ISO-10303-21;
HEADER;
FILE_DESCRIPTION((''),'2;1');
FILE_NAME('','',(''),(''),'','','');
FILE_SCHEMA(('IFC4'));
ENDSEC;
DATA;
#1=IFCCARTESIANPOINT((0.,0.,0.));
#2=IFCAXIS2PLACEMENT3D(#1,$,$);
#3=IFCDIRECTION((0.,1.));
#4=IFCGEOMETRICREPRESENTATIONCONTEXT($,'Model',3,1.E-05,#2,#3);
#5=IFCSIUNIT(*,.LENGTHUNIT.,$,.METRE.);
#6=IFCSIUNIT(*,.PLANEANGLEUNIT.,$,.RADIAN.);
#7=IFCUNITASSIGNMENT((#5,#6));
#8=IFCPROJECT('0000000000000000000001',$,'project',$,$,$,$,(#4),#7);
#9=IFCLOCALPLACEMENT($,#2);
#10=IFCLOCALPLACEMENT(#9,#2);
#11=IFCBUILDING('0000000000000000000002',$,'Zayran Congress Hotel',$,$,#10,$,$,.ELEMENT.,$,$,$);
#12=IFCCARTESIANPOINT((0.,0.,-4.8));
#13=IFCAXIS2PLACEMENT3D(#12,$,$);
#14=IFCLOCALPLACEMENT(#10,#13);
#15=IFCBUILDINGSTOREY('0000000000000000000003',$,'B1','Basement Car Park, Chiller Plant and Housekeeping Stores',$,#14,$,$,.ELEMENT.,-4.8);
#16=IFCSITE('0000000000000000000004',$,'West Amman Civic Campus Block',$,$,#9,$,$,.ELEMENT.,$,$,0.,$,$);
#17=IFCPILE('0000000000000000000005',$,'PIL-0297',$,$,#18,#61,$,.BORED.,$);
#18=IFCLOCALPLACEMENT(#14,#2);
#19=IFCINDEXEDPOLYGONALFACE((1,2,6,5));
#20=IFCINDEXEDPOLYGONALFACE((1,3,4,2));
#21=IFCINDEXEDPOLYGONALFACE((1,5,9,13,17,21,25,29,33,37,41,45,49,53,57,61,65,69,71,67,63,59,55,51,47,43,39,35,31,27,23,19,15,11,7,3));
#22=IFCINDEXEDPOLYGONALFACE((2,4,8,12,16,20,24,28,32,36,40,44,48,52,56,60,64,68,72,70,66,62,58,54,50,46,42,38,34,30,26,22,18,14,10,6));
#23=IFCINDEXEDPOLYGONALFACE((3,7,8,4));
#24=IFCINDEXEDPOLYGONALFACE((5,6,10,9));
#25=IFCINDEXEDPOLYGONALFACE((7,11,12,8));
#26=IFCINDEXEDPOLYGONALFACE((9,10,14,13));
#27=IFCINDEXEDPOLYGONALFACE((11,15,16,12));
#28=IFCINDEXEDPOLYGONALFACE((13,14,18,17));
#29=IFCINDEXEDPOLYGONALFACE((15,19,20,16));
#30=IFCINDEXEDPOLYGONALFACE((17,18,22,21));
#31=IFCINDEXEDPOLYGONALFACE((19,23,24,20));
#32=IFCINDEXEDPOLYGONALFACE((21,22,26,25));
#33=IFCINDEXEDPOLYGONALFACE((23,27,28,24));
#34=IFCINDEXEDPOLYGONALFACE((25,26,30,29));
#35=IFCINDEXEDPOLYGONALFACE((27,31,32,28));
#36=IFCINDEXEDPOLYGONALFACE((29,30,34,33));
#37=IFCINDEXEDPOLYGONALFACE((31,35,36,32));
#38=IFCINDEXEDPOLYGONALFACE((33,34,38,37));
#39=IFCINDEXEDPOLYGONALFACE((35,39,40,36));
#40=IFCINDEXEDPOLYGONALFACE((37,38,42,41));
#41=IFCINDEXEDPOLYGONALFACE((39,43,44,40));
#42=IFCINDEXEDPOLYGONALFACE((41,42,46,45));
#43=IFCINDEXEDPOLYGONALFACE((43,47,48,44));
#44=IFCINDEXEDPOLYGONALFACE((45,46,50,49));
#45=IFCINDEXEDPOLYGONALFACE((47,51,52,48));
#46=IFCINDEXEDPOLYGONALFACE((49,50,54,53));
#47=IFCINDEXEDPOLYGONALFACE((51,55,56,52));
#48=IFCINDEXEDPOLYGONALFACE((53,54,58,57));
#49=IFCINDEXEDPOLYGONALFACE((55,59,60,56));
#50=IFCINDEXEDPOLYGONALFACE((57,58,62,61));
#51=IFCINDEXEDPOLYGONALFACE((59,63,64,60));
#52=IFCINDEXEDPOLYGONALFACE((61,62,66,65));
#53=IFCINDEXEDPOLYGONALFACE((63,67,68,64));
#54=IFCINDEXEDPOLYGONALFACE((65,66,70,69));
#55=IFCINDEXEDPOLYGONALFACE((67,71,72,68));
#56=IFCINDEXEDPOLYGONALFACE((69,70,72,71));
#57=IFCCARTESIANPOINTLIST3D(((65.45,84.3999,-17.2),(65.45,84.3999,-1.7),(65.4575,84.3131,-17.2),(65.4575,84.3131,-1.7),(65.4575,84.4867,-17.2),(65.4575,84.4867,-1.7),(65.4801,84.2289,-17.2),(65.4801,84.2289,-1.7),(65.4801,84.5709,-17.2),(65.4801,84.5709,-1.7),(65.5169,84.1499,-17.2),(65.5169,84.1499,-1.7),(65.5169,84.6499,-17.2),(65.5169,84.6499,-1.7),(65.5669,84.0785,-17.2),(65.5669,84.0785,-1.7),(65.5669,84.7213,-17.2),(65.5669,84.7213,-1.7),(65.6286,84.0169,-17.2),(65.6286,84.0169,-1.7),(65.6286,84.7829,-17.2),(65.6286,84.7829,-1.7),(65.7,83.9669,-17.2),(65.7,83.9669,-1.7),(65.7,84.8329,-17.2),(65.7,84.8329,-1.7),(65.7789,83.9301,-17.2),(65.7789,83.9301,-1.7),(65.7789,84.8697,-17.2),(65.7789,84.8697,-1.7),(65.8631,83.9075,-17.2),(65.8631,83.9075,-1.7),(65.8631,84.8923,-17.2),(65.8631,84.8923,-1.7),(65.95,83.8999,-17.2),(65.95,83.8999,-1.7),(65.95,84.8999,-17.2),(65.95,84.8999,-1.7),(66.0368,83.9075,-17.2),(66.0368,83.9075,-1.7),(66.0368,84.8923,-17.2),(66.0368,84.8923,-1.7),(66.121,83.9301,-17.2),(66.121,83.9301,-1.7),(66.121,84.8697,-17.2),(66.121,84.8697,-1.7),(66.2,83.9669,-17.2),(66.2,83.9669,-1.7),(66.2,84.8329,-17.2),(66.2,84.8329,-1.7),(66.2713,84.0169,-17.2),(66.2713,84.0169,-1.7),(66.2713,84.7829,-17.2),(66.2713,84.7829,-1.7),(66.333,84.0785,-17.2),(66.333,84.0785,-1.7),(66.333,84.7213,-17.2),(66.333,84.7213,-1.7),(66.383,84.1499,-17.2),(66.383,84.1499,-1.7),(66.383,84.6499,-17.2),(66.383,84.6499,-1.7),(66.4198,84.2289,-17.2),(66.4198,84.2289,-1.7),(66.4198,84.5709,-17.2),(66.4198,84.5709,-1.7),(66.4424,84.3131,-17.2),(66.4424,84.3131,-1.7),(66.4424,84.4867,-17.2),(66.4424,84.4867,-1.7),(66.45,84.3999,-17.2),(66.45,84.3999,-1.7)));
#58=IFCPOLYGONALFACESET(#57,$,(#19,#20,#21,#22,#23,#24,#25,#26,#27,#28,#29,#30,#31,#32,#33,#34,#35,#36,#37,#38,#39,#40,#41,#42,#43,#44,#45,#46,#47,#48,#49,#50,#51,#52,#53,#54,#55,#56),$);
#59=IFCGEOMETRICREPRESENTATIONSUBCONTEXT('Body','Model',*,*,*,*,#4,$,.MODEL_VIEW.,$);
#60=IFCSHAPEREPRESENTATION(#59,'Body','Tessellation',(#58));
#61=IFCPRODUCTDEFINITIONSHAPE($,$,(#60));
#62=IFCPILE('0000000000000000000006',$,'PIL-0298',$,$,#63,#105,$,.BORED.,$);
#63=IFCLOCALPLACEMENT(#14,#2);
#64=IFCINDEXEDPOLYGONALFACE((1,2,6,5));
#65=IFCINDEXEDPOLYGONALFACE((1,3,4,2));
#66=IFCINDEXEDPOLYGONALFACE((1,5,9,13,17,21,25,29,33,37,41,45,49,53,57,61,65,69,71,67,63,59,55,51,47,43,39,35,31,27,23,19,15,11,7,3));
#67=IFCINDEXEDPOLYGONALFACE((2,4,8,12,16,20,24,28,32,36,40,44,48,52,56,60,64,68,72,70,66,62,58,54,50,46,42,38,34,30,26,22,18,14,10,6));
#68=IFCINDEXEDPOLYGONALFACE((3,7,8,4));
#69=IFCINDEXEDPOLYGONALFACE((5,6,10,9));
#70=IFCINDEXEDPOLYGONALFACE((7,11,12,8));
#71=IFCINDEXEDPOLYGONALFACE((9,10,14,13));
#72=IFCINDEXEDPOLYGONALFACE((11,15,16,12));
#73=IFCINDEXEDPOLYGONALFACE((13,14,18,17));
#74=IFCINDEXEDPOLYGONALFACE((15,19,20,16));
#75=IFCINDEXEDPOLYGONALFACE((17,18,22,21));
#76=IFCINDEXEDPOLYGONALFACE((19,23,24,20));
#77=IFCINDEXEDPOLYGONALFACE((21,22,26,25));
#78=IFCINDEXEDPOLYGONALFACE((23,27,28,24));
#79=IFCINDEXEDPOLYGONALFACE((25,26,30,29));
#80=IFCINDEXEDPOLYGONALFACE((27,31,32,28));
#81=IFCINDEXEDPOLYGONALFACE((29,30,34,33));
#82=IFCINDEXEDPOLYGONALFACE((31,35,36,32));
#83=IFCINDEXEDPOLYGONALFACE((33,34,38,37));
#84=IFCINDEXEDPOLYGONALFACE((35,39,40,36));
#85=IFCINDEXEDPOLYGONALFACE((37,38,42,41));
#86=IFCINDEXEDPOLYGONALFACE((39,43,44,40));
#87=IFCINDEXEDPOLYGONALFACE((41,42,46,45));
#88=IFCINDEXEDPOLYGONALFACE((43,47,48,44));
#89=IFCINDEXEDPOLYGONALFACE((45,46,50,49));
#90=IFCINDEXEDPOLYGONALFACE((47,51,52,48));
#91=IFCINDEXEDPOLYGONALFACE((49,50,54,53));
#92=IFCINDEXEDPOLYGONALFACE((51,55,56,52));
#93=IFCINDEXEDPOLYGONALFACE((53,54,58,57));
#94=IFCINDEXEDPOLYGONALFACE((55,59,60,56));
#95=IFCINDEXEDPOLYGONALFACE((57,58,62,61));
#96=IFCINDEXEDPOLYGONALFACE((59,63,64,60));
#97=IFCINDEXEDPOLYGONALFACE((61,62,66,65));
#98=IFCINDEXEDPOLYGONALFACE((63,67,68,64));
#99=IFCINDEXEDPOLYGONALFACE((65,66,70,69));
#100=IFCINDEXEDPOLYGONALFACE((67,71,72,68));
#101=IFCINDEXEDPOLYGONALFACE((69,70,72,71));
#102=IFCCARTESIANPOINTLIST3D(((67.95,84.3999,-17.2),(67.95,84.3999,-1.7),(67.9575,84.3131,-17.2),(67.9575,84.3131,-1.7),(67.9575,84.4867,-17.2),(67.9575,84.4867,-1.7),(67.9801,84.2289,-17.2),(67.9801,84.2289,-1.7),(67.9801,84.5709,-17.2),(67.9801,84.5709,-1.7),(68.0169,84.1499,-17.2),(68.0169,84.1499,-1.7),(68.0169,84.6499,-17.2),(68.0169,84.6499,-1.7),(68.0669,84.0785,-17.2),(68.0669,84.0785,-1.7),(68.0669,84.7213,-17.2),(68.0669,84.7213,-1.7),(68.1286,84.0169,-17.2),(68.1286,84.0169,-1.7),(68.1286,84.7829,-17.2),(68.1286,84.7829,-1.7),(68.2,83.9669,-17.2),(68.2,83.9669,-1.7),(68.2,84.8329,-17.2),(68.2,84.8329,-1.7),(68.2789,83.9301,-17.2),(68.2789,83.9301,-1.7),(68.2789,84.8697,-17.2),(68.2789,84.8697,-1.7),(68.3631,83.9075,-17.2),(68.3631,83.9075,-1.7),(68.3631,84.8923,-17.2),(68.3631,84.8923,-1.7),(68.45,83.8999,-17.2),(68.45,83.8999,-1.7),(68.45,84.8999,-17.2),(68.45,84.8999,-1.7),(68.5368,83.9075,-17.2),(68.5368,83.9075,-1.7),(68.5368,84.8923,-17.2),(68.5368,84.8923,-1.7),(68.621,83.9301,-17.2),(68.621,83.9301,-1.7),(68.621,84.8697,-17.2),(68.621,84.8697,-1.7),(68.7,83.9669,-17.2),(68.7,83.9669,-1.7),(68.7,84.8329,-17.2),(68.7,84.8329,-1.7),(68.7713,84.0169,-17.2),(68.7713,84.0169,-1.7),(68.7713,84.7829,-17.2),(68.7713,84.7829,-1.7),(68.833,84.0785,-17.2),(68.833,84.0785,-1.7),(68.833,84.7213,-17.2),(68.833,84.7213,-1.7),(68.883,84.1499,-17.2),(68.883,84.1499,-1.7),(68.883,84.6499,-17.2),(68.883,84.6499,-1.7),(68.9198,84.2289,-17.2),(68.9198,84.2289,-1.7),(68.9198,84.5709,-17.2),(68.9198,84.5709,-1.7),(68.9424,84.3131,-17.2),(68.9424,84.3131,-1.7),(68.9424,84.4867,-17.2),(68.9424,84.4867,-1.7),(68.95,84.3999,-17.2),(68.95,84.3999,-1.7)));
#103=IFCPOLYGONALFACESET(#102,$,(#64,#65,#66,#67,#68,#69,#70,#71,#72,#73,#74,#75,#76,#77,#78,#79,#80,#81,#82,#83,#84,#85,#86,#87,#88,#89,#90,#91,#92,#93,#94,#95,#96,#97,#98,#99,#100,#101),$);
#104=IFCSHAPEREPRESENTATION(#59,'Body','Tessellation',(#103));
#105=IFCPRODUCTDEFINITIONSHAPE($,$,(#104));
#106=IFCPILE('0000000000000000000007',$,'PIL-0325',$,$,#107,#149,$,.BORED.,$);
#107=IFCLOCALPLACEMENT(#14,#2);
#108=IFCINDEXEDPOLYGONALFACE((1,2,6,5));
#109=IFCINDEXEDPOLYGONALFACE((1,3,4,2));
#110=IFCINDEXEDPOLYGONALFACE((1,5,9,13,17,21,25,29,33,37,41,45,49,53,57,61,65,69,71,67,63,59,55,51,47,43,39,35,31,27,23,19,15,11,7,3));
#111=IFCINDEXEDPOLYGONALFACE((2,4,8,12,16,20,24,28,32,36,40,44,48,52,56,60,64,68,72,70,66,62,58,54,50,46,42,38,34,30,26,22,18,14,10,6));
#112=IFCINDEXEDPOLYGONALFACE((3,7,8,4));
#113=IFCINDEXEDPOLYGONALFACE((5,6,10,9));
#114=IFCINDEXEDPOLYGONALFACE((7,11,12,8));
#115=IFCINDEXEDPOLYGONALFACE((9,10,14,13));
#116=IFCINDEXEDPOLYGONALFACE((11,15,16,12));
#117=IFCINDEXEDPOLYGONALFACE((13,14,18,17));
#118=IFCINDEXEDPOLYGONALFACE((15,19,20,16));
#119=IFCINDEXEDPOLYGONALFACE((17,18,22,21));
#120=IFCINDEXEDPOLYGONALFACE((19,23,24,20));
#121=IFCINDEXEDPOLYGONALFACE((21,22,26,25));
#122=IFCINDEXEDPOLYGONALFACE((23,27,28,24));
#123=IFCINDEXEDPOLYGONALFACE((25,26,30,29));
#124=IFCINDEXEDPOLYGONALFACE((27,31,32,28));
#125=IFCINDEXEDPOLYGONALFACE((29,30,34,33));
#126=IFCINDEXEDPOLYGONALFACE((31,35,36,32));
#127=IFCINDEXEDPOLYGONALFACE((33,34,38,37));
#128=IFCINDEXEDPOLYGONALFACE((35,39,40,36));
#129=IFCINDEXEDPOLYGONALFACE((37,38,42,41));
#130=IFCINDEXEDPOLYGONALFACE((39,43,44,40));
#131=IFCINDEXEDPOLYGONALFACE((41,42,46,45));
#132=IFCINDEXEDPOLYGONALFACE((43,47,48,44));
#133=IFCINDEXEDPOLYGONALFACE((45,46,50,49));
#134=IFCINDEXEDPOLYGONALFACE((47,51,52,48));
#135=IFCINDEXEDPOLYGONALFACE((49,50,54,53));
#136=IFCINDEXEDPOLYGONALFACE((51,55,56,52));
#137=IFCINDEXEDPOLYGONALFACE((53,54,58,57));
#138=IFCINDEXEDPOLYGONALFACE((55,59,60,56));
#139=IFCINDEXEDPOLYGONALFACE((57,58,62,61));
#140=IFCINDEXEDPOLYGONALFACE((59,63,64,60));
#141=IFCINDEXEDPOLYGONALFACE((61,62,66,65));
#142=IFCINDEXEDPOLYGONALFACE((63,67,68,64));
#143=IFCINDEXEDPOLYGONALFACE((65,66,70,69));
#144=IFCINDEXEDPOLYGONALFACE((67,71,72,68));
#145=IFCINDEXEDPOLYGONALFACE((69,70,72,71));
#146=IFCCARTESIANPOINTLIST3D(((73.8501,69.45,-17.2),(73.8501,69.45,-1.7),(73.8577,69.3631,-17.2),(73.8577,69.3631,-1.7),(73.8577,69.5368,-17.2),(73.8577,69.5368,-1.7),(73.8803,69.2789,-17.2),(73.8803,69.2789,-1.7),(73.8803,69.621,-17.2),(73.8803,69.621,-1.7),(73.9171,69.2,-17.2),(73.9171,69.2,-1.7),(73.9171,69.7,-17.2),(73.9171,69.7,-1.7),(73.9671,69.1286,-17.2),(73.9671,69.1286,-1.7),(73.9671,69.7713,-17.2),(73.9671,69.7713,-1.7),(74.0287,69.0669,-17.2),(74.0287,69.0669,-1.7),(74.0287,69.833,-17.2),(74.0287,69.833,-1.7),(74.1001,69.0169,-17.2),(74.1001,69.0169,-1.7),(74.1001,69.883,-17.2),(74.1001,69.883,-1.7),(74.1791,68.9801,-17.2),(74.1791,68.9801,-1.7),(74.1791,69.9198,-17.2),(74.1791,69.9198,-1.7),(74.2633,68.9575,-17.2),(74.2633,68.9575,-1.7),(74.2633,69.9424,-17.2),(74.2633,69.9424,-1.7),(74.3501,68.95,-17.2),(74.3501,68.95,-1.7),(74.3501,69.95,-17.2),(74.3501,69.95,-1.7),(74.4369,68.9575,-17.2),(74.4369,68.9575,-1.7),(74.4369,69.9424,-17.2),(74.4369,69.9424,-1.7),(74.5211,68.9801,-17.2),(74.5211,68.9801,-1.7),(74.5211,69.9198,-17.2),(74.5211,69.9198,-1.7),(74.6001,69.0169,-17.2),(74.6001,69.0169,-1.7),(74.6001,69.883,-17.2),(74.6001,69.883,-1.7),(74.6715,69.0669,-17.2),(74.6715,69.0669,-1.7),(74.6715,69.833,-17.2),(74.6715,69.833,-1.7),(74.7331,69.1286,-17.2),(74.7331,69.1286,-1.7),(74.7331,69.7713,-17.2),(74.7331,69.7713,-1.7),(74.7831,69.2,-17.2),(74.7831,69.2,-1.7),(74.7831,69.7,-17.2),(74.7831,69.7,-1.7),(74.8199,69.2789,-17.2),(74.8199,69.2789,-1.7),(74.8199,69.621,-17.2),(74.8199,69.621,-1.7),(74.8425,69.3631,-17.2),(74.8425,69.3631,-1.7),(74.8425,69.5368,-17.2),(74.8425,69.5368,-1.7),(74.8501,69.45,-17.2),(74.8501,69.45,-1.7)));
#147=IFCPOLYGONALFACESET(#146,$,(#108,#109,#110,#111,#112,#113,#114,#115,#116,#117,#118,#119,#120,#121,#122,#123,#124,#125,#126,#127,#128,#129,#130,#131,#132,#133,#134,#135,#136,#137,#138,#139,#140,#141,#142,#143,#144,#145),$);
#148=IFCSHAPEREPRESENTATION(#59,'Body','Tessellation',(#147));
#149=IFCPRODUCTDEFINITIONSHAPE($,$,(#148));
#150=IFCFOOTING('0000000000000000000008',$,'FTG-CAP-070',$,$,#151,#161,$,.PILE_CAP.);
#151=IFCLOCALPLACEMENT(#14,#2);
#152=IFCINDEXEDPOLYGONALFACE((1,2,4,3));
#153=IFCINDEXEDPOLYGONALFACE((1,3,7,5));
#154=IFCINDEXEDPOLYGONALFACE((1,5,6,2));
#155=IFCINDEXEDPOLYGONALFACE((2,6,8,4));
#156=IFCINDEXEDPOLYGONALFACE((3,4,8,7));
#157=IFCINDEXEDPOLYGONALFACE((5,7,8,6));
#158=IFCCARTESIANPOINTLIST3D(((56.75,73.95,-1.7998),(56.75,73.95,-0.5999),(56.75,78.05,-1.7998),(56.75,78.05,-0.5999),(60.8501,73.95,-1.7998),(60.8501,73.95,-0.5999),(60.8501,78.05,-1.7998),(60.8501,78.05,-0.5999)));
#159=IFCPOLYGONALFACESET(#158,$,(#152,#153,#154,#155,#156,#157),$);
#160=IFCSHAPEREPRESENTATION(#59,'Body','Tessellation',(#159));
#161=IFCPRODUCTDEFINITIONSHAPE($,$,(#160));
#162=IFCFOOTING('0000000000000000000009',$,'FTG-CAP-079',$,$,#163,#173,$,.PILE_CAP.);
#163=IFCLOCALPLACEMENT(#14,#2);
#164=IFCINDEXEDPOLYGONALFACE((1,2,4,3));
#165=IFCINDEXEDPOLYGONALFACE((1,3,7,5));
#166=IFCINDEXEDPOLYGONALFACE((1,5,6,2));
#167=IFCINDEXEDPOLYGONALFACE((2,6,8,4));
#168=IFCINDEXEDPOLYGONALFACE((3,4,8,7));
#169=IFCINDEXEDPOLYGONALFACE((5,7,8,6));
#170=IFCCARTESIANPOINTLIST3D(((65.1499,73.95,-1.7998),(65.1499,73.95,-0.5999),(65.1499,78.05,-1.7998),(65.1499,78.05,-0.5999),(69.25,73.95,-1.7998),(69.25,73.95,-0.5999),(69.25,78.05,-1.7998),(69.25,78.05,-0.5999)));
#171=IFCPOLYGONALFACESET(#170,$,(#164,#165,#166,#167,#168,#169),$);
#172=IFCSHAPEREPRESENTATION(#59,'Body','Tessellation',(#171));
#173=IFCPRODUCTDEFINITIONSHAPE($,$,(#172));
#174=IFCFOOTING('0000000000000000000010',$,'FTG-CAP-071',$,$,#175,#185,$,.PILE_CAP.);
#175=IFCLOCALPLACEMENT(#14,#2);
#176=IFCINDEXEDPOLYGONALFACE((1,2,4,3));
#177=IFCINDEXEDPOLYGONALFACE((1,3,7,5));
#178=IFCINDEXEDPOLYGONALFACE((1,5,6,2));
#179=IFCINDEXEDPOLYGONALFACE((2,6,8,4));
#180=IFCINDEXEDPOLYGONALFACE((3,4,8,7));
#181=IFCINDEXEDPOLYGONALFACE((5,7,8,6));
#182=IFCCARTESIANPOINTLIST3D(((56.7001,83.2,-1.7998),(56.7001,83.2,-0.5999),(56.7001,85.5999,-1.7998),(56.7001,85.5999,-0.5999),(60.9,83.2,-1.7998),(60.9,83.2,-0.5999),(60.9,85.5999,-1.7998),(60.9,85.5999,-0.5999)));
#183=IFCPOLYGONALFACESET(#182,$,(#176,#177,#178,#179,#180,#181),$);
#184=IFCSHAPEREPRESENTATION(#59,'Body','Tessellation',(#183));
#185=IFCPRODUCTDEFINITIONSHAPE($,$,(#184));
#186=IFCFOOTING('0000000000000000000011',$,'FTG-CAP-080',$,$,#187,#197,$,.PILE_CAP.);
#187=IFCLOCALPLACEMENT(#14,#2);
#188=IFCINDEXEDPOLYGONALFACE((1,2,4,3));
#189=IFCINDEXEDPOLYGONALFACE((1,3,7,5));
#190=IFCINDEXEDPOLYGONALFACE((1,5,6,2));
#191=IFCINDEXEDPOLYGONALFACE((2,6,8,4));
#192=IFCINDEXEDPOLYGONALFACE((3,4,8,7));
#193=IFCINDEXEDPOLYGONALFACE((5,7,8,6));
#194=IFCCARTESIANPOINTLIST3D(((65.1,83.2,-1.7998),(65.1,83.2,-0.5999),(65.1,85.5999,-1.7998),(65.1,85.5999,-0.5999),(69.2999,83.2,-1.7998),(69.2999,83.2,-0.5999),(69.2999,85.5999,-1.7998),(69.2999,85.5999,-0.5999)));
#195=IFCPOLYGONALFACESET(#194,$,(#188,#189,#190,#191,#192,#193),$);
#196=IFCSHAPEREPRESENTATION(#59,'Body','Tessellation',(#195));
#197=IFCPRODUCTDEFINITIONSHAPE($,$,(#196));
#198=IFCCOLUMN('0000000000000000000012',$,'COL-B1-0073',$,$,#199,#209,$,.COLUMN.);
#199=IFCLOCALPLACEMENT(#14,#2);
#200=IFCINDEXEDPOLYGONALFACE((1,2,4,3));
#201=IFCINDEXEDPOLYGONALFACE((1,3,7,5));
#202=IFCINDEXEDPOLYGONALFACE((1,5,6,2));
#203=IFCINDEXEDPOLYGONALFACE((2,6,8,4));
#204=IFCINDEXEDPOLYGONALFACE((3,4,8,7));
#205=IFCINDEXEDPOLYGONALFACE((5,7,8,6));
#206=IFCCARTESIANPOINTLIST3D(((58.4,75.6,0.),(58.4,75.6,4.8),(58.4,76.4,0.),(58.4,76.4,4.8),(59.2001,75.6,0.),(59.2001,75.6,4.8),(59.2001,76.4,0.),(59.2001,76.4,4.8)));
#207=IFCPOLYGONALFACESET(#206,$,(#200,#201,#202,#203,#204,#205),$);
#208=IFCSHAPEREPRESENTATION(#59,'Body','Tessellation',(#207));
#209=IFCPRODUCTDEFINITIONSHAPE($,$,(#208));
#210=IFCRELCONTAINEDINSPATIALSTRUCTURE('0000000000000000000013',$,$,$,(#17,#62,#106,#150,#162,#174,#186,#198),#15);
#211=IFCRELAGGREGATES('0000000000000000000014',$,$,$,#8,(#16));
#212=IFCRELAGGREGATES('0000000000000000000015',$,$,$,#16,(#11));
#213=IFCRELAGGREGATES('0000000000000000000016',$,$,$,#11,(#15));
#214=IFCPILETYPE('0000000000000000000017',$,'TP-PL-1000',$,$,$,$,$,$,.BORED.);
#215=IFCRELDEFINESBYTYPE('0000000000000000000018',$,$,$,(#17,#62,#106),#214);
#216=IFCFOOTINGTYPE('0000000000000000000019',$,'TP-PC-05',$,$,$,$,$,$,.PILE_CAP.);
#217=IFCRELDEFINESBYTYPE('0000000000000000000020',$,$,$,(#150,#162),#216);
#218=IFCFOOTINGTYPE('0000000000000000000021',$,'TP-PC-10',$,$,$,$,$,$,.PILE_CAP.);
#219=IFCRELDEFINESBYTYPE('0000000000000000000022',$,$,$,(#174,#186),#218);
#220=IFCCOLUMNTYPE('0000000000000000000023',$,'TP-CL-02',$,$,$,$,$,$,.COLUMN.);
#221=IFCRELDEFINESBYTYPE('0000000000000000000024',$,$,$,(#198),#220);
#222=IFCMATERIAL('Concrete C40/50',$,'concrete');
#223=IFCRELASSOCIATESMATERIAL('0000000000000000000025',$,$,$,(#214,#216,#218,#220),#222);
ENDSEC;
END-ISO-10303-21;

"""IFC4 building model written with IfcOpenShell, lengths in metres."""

from ifc_helpers import new_model, si_unit, direction, frame, origin, origin_2d, place, context, subcontext, project, spatial, rectangle, circle, extrude, material, material_profile, profile_set, type_object, element, save


model = new_model("IFC4")

# Units and contexts
model_context = context("Model", 3, precision=1e-05, world=origin(), true_north=direction((0.0, 1.0)))
body_context = subcontext(model_context, "Body", "Model", "MODEL_VIEW")
ifc_project = project(units=[si_unit("LENGTHUNIT", "METRE"), si_unit("PLANEANGLEUNIT", "RADIAN")], contexts=[model_context])

# Site, building, storey
site_placement = place(None, origin())
site = spatial("IfcSite", under=ifc_project, at=site_placement, Name="West Amman Civic Campus Block", CompositionType="ELEMENT", RefElevation=0.0)
building_placement = place(site_placement, origin())
building = spatial("IfcBuilding", under=site, at=building_placement, Name="Zayran Congress Hotel", CompositionType="ELEMENT")
storey_placement = place(building_placement, frame((0.0, 0.0, -4.8)))
storey = spatial("IfcBuildingStorey", under=building, at=storey_placement, Name="B1", Description="Basement Car Park, Chiller Plant and Housekeeping Stores", CompositionType="ELEMENT", Elevation=-4.8)

# Piles
ifc_material_1 = material(Name="Concrete C40/50", Category="concrete")
ifc_material_profile_1 = material_profile(ifc_material_1, circle(Radius=0.5, at=origin_2d()), Name="PILE D1000")
ifc_profile_set_1 = profile_set([ifc_material_profile_1], Name="Concrete C40/50")
pile_type = type_object("IfcPileType", Name="TP-PL-1000", PredefinedType="BORED", material=ifc_profile_set_1)
for number, where, z_axis, x_axis, name in (
    (1, (65.95, 84.3999, -1.7), (0.0, 0.0, -1.0), (1.0, 0.0, 0.0), "PIL-0297"),
    (2, (68.45, 84.3999, -1.7), (0.0, 0.0, -1.0), (1.0, 0.0, 0.0), "PIL-0298"),
    (3, (74.3501, 69.45, -1.7), (0.0, 0.0, -1.0), (1.0, 0.0, 0.0), "PIL-0325"),
):
    element("IfcPile", number, at=place(storey_placement, frame(where, z_axis=z_axis, x_axis=x_axis)), inside=storey, type_object=pile_type, Name=name, PredefinedType="BORED", context=body_context, shape_type="SweptSolid", body=[
        extrude(circle(Radius=0.5, at=origin_2d()), origin(), (0.0, 0.0, 1.0), 15.5),
    ])

# Footings
footing_type_1 = type_object("IfcFootingType", Name="TP-PC-05", PredefinedType="PILE_CAP", material=ifc_material_1)
for number, where, z_axis, x_axis, name in (
    (4, (58.8, 76.0, -1.7998), (0.0, 0.0, 1.0), (1.0, 0.0, 0.0), "FTG-CAP-070"),
    (5, (67.2, 76.0, -1.7998), (0.0, 0.0, 1.0), (1.0, 0.0, 0.0), "FTG-CAP-079"),
):
    element("IfcFooting", number, at=place(storey_placement, frame(where, z_axis=z_axis, x_axis=x_axis)), inside=storey, type_object=footing_type_1, Name=name, PredefinedType="PILE_CAP", context=body_context, shape_type="SweptSolid", body=[
        extrude(rectangle(XDim=4.1001, YDim=4.1001, at=origin_2d()), origin(), (0.0, 0.0, 1.0), 1.2),
    ])
footing_type_2 = type_object("IfcFootingType", Name="TP-PC-10", PredefinedType="PILE_CAP", material=ifc_material_1)
for number, where, z_axis, x_axis, name in (
    (6, (58.8, 84.3999, -1.7998), (0.0, 0.0, 1.0), (1.0, 0.0, 0.0), "FTG-CAP-071"),
    (7, (67.2, 84.3999, -1.7998), (0.0, 0.0, 1.0), (1.0, 0.0, 0.0), "FTG-CAP-080"),
):
    element("IfcFooting", number, at=place(storey_placement, frame(where, z_axis=z_axis, x_axis=x_axis)), inside=storey, type_object=footing_type_2, Name=name, PredefinedType="PILE_CAP", context=body_context, shape_type="SweptSolid", body=[
        extrude(rectangle(XDim=4.2, YDim=2.3999, at=origin_2d()), origin(), (0.0, 0.0, 1.0), 1.2),
    ])

# Column
ifc_material_profile_2 = material_profile(ifc_material_1, rectangle(XDim=0.8, YDim=0.8, at=origin_2d()), Name="RC 800x800")
ifc_profile_set_2 = profile_set([ifc_material_profile_2], Name="Concrete C40/50")
column_type = type_object("IfcColumnType", Name="TP-CL-02", PredefinedType="COLUMN", material=ifc_profile_set_2)
for number, where, z_axis, x_axis, name in (
    (8, (58.8, 76.0, 0.0), (0.0, 0.0, 1.0), (1.0, 0.0, 0.0), "COL-B1-0073"),
):
    element("IfcColumn", number, at=place(storey_placement, frame(where, z_axis=z_axis, x_axis=x_axis)), inside=storey, type_object=column_type, Name=name, PredefinedType="COLUMN", context=body_context, shape_type="SweptSolid", body=[
        extrude(rectangle(XDim=0.8, YDim=0.8, at=origin_2d()), origin(), (0.0, 0.0, 1.0), 4.8),
    ])

save(model, "model.ifc")
